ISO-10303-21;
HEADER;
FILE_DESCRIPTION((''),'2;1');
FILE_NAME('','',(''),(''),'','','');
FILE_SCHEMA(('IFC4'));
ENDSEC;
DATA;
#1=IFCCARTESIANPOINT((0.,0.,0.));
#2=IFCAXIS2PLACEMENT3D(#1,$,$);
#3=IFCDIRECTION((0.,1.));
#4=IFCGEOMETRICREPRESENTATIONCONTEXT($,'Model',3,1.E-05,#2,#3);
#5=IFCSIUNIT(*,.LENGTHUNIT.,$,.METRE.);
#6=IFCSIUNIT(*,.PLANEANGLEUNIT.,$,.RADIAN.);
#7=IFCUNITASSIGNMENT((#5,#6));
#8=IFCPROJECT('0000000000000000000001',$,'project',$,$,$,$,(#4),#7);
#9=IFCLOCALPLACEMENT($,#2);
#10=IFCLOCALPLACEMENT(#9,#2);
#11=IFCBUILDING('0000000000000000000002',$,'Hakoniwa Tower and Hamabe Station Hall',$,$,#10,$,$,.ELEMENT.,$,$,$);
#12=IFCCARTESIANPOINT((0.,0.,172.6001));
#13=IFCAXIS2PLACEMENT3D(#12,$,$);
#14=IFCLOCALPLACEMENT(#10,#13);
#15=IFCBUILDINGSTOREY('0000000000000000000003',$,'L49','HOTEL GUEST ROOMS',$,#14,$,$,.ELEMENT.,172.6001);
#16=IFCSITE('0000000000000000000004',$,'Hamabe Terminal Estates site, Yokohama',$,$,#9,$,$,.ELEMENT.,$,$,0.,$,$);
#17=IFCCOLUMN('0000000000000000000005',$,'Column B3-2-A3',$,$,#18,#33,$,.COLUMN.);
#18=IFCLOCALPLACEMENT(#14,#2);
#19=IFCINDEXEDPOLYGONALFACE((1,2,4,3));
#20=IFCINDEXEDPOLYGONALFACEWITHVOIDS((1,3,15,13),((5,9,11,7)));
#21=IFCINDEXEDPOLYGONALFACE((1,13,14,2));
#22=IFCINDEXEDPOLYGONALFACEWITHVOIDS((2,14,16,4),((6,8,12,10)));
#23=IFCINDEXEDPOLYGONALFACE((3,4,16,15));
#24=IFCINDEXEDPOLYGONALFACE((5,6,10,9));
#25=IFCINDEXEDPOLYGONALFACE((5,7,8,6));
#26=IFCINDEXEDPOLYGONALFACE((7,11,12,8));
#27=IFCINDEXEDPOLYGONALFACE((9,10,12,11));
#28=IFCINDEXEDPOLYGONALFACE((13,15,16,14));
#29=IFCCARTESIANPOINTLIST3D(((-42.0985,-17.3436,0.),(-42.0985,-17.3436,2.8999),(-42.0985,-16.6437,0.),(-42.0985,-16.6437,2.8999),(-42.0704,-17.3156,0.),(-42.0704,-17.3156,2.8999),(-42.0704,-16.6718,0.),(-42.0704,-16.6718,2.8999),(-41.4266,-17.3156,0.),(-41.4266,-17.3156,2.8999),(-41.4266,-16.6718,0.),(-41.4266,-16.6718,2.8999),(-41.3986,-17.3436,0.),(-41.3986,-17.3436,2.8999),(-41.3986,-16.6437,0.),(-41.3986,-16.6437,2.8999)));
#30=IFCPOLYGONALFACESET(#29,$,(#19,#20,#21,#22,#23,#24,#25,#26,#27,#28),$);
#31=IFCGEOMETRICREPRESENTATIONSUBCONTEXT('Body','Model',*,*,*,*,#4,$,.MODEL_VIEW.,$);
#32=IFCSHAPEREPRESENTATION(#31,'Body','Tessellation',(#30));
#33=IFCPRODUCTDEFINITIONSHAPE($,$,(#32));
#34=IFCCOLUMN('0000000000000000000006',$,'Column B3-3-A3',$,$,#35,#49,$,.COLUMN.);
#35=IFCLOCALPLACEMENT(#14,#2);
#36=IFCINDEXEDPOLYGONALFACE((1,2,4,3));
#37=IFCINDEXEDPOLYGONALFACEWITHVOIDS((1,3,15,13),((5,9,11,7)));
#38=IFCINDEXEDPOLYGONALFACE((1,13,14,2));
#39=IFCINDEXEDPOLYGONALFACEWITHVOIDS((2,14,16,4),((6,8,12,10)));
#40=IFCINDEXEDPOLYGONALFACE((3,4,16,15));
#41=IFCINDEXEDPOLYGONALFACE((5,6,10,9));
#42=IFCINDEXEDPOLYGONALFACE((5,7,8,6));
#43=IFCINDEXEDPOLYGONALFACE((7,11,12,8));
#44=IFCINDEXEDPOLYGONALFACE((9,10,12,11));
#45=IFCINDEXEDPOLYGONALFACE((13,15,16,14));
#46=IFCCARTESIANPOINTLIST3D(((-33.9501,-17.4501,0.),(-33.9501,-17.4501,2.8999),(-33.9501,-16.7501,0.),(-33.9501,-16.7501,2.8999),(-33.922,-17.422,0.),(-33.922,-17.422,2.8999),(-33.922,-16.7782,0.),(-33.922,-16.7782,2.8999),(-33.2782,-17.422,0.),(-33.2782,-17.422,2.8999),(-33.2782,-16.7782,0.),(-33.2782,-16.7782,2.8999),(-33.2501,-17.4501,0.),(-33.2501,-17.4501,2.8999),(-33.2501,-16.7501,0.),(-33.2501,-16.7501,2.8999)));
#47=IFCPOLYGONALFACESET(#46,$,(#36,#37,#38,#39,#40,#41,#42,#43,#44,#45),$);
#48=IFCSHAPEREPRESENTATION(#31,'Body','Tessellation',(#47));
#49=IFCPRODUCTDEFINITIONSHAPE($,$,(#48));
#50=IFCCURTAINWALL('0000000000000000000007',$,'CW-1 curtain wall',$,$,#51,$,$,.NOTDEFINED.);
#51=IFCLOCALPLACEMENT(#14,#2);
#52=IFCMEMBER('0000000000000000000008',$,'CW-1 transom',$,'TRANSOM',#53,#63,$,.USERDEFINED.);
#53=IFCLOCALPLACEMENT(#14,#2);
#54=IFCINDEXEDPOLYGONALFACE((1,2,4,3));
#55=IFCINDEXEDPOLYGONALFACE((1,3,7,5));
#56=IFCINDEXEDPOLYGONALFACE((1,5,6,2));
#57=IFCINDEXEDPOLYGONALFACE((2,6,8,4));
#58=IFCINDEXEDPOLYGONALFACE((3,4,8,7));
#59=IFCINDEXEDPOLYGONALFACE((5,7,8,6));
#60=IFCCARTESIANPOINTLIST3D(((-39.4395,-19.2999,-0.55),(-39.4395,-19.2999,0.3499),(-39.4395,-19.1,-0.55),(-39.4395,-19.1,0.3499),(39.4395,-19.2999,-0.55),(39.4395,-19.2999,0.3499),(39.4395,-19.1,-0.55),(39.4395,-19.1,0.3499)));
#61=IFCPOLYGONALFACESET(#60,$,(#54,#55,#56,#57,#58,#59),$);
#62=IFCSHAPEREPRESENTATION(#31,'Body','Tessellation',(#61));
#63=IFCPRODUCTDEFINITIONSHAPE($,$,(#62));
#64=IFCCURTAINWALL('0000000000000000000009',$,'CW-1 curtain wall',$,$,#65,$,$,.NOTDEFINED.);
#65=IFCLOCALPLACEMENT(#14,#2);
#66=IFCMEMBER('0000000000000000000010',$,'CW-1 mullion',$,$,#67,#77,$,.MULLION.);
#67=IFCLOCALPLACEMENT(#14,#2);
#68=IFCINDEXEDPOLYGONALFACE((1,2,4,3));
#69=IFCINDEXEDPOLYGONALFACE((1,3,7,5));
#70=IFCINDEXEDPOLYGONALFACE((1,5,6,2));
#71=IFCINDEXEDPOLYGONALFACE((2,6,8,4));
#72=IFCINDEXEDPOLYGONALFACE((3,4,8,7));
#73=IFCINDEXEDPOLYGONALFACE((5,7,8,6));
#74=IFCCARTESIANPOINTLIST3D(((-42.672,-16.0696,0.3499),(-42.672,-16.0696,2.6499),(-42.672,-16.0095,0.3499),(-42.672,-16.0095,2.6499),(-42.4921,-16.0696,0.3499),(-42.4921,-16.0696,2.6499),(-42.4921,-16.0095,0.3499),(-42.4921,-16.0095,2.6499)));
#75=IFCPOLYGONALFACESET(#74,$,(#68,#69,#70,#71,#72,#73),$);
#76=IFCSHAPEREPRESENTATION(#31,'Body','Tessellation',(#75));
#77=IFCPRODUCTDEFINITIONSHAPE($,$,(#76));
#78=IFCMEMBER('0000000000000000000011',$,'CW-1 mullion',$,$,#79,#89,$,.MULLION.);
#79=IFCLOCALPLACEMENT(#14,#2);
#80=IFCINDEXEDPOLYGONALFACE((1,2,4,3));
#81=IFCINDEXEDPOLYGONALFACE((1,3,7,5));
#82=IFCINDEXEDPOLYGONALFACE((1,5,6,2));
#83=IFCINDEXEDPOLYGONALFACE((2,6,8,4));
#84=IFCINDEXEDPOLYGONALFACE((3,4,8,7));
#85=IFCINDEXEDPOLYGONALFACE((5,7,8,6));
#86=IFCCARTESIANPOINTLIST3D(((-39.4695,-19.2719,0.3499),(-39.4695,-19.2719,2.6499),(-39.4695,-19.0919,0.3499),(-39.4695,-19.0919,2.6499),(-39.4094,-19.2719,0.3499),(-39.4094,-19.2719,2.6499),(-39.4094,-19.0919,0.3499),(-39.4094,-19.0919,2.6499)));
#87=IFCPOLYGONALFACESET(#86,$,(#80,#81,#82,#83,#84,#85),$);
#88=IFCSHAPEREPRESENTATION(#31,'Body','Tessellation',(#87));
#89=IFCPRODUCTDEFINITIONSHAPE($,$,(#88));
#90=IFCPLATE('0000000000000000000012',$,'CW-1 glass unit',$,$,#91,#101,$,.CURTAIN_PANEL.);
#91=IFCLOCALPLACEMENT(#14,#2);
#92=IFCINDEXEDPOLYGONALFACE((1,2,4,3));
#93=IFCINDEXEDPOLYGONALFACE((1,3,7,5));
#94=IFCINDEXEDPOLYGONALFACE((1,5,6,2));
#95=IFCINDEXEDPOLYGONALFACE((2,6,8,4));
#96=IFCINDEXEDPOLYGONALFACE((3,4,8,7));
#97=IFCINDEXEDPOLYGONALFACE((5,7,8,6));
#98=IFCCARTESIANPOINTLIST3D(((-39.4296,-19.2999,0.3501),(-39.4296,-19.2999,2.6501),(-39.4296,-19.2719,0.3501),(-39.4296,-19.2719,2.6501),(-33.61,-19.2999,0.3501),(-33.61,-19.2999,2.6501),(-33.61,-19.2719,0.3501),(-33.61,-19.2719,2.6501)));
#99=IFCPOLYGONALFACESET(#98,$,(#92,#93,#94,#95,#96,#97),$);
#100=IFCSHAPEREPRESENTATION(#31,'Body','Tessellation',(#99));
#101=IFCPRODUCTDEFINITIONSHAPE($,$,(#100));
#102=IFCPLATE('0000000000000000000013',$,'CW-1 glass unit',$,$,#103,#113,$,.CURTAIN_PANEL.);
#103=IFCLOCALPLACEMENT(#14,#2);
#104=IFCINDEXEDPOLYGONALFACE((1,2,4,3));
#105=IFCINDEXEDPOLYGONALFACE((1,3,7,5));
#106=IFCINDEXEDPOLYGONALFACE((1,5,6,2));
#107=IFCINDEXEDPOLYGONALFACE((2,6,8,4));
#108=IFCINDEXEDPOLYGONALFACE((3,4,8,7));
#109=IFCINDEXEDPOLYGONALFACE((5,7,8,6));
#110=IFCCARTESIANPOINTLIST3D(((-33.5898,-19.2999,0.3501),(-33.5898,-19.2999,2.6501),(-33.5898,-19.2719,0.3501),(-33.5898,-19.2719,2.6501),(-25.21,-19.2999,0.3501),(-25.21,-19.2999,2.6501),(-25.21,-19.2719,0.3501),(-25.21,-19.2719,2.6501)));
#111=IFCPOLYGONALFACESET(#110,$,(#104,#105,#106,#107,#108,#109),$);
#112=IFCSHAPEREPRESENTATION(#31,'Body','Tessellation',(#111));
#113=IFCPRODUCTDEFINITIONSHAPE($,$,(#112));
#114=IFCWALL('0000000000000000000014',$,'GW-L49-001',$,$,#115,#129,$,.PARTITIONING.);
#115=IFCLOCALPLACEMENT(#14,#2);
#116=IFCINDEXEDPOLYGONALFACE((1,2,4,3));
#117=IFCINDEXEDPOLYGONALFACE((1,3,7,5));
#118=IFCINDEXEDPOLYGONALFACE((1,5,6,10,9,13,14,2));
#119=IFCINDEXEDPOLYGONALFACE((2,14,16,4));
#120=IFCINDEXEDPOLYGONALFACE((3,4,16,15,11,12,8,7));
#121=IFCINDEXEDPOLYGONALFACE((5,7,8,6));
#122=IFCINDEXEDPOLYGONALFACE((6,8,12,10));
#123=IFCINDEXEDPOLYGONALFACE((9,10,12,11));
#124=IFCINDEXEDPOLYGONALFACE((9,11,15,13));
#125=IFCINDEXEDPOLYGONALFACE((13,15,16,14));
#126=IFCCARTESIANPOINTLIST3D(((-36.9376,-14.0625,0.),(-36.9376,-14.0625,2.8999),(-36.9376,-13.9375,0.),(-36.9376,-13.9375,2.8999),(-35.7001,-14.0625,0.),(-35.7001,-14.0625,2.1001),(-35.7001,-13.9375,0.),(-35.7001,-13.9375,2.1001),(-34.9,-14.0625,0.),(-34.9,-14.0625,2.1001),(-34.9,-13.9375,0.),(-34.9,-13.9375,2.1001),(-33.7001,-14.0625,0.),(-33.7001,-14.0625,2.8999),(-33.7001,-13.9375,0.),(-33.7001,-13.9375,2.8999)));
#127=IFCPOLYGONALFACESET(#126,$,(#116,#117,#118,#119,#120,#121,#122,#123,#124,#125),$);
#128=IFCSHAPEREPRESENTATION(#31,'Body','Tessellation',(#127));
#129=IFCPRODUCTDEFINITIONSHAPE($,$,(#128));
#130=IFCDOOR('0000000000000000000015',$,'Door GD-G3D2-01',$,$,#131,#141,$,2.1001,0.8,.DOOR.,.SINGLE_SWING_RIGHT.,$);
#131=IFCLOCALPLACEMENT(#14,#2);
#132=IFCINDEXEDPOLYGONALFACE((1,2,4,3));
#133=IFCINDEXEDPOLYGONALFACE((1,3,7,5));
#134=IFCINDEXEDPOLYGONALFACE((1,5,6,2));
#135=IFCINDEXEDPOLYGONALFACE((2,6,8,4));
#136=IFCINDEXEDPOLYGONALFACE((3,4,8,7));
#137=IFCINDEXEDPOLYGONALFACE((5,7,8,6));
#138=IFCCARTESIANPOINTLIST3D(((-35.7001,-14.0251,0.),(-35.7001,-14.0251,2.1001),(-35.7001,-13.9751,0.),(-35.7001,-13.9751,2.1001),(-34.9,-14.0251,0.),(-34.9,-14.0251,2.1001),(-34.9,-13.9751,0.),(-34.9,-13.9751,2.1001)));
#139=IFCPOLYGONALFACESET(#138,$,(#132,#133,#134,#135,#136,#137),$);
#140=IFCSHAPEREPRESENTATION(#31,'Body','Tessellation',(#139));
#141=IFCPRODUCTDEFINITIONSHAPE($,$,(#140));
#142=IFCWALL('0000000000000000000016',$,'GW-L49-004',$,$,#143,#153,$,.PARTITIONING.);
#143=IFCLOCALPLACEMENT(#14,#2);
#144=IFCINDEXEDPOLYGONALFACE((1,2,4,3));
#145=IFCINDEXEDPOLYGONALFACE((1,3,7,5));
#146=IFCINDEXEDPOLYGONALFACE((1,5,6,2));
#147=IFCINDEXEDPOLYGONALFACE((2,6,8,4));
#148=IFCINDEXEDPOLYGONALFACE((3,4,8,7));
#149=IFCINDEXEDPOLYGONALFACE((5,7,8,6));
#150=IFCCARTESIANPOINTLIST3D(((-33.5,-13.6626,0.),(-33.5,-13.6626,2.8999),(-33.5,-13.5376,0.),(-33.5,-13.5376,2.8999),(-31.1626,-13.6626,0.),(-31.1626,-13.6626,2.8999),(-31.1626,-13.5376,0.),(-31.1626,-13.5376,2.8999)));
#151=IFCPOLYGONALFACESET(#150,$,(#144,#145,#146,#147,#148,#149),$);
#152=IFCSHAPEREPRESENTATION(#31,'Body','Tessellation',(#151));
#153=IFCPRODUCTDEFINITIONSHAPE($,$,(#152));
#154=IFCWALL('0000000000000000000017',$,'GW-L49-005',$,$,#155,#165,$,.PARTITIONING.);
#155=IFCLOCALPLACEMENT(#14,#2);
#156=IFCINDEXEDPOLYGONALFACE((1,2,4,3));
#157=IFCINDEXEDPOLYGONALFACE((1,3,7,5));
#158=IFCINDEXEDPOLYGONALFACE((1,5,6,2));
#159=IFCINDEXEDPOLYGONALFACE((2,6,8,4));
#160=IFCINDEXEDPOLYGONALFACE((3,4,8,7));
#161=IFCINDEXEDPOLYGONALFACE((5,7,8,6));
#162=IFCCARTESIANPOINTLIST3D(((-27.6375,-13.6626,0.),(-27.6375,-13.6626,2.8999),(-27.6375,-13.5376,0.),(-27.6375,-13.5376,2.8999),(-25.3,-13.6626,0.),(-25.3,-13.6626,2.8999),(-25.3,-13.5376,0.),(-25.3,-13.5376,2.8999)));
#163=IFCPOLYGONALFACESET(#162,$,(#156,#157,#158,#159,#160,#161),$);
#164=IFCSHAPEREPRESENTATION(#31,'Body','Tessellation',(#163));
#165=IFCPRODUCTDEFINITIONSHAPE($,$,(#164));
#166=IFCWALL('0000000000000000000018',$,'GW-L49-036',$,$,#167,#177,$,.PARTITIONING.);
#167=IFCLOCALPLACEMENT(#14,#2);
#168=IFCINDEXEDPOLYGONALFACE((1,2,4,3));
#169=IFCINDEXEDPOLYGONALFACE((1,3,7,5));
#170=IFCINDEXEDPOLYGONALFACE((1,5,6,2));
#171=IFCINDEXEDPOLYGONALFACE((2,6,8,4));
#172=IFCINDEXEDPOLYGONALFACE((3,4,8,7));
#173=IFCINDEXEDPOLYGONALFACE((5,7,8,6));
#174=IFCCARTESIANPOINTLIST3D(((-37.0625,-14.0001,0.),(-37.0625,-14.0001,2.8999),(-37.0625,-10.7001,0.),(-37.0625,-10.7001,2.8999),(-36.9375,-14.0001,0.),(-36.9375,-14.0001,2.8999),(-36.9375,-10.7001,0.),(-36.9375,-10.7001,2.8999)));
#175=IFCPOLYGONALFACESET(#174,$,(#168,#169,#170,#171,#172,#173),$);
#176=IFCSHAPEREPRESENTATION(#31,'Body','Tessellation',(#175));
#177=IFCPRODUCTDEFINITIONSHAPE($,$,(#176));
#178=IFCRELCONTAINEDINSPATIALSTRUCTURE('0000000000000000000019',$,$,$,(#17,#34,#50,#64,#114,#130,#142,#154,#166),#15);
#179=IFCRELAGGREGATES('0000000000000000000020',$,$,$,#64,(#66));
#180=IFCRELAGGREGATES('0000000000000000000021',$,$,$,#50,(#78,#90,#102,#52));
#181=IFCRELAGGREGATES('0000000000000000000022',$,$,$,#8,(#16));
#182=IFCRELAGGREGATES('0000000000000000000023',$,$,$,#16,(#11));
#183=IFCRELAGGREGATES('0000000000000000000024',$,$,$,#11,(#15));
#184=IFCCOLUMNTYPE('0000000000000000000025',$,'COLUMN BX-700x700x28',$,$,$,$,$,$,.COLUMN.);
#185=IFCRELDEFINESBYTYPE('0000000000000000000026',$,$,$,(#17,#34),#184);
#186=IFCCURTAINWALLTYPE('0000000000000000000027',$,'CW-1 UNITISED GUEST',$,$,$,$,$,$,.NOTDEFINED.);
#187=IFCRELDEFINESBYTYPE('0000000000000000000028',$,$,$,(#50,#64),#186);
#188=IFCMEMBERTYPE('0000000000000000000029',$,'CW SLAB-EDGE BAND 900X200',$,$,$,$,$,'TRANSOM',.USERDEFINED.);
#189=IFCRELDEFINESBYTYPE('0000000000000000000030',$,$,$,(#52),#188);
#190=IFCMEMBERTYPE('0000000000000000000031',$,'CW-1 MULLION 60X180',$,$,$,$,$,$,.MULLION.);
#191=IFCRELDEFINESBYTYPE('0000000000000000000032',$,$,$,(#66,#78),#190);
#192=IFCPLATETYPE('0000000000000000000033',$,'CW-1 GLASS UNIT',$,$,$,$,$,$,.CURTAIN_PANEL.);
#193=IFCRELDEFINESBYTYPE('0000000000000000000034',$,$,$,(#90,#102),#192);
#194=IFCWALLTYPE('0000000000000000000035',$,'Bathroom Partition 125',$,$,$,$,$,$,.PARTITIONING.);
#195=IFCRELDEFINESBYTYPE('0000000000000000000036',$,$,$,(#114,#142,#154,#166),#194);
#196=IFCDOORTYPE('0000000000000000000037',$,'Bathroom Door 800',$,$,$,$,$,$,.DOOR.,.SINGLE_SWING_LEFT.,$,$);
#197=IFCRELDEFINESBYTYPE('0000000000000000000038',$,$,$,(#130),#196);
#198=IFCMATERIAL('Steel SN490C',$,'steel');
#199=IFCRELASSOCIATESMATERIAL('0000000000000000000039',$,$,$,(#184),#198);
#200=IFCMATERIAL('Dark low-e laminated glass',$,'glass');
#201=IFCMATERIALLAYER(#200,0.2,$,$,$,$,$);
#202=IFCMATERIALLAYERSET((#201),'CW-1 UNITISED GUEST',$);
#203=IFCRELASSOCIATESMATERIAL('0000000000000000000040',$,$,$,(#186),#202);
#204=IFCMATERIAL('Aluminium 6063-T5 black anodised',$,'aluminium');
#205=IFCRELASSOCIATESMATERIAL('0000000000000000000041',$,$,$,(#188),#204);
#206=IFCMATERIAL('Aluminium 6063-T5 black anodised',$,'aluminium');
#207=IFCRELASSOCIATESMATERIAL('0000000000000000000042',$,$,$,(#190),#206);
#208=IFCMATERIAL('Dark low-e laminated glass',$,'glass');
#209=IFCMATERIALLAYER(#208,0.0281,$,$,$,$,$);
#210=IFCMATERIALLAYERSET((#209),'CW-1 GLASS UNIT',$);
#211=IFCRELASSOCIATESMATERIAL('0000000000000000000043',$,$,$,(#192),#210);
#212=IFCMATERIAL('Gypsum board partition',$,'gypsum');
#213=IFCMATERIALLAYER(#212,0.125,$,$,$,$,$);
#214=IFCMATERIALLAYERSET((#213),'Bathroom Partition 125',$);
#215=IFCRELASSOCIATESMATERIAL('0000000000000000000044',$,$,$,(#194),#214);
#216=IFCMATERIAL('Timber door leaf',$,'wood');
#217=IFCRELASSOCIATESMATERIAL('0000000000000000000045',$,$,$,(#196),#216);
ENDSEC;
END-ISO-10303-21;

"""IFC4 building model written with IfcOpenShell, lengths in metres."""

from ifc_helpers import new_model, si_unit, direction, frame, frame_2d, origin, origin_2d, place, context, subcontext, project, spatial, rectangle, hollow_rectangle, extrude, material, layer, layer_set, material_profile, profile_set, type_object, element, fill, aggregate, save


model = new_model("IFC4")

# Units and contexts
model_context = context("Model", 3, precision=1e-05, world=origin(), true_north=direction((0.0, 1.0)))
body_context = subcontext(model_context, "Body", "Model", "MODEL_VIEW")
ifc_project = project(units=[si_unit("LENGTHUNIT", "METRE"), si_unit("PLANEANGLEUNIT", "RADIAN")], contexts=[model_context])

# Site, building, storey
site_placement = place(None, origin())
site = spatial("IfcSite", under=ifc_project, at=site_placement, Name="Hamabe Terminal Estates site, Yokohama", CompositionType="ELEMENT", RefElevation=0.0)
building_placement = place(site_placement, origin())
building = spatial("IfcBuilding", under=site, at=building_placement, Name="Hakoniwa Tower and Hamabe Station Hall", CompositionType="ELEMENT")
storey_placement = place(building_placement, frame((0.0, 0.0, 172.6001)))
storey = spatial("IfcBuildingStorey", under=building, at=storey_placement, Name="L49", Description="HOTEL GUEST ROOMS", CompositionType="ELEMENT", Elevation=172.6001)

# Columns
ifc_material_1 = material(Name="Steel SN490C", Category="steel")
ifc_material_profile_1 = material_profile(ifc_material_1, hollow_rectangle(XDim=0.7, YDim=0.7, WallThickness=0.0281, at=origin_2d()), Name="BX-700x700x28")
ifc_profile_set_1 = profile_set([ifc_material_profile_1], Name="Steel SN490C")
column_type = type_object("IfcColumnType", Name="COLUMN BX-700x700x28", PredefinedType="COLUMN", material=ifc_profile_set_1)
for number, where, z_axis, x_axis, name in (
    (1, (-41.7485, -16.9937, 0.0), (0.0, 0.0, 1.0), (1.0, 0.0, 0.0), "Column B3-2-A3"),
    (2, (-33.6001, -17.1001, 0.0), (0.0, 0.0, 1.0), (1.0, 0.0, 0.0), "Column B3-3-A3"),
):
    element("IfcColumn", number, at=place(storey_placement, frame(where, z_axis=z_axis, x_axis=x_axis)), inside=storey, type_object=column_type, Name=name, PredefinedType="COLUMN", context=body_context, shape_type="SweptSolid", body=[
        extrude(hollow_rectangle(XDim=0.7, YDim=0.7, WallThickness=0.0281, at=origin_2d()), origin(), (0.0, 0.0, 1.0), 2.8999),
    ])

# Curtain walls, members
ifc_material_2 = material(Name="Dark low-e laminated glass", Category="glass")
ifc_layer_1 = layer(ifc_material_2, 0.2)
ifc_layer_set_1 = layer_set([ifc_layer_1], Name="CW-1 UNITISED GUEST")
curtain_wall_type = type_object("IfcCurtainWallType", Name="CW-1 UNITISED GUEST", PredefinedType="NOTDEFINED", material=ifc_layer_set_1)
curtain_wall_1_placement = place(storey_placement, origin())
curtain_wall_1 = element("IfcCurtainWall", 3, at=curtain_wall_1_placement, inside=storey, type_object=curtain_wall_type, Name="CW-1 curtain wall", PredefinedType="NOTDEFINED")
ifc_material_3 = material(Name="Aluminium 6063-T5 black anodised", Category="aluminium")
ifc_material_profile_2 = material_profile(ifc_material_3, rectangle(XDim=0.2, YDim=0.8999, at=origin_2d()), Name="CW SLAB-EDGE BAND 900X200")
ifc_profile_set_2 = profile_set([ifc_material_profile_2], Name="Aluminium 6063-T5 black anodised")
member_type_1 = type_object("IfcMemberType", Name="CW SLAB-EDGE BAND 900X200", ElementType="TRANSOM", PredefinedType="USERDEFINED", material=ifc_profile_set_2)
member_1_placement = place(storey_placement, frame((-39.4395, -19.2, -0.1001), z_axis=(1.0, 0.0, 0.0), x_axis=(0.0, 1.0, 0.0)))
member_1 = element("IfcMember", 4, at=member_1_placement, type_object=member_type_1, Name="CW-1 transom", ObjectType="TRANSOM", PredefinedType="USERDEFINED", context=body_context, shape_type="SweptSolid", body=[
    extrude(rectangle(XDim=0.2, YDim=0.8999, at=origin_2d()), origin(), (0.0, 0.0, 1.0), 78.8789),
])
curtain_wall_2_placement = place(storey_placement, origin())
curtain_wall_2 = element("IfcCurtainWall", 5, at=curtain_wall_2_placement, inside=storey, type_object=curtain_wall_type, Name="CW-1 curtain wall", PredefinedType="NOTDEFINED")
ifc_material_4 = material(Name="Aluminium 6063-T5 black anodised", Category="aluminium")
ifc_material_profile_3 = material_profile(ifc_material_4, rectangle(XDim=0.0601, YDim=0.1799, at=origin_2d()), Name="CW-1 MULLION 60X180")
ifc_profile_set_3 = profile_set([ifc_material_profile_3], Name="Aluminium 6063-T5 black anodised")
member_type_2 = type_object("IfcMemberType", Name="CW-1 MULLION 60X180", PredefinedType="MULLION", material=ifc_profile_set_3)
member_2_placement = place(storey_placement, frame((-42.582, -16.0396, 0.3499), z_axis=(0.0, 0.0, 1.0), x_axis=(0.0, -1.0, 0.0)))
member_2 = element("IfcMember", 6, at=member_2_placement, type_object=member_type_2, Name="CW-1 mullion", PredefinedType="MULLION", context=body_context, shape_type="SweptSolid", body=[
    extrude(rectangle(XDim=0.0601, YDim=0.1799, at=origin_2d()), origin(), (0.0, 0.0, 1.0), 2.3),
])
aggregate(curtain_wall_2, [member_2])

# Member
member_3_placement = place(storey_placement, frame((-39.4395, -19.1819, 0.3499), z_axis=(0.0, 0.0, 1.0), x_axis=(1.0, 0.0, 0.0)))
member_3 = element("IfcMember", 7, at=member_3_placement, type_object=member_type_2, Name="CW-1 mullion", PredefinedType="MULLION", context=body_context, shape_type="SweptSolid", body=[
    extrude(rectangle(XDim=0.0601, YDim=0.1799, at=origin_2d()), origin(), (0.0, 0.0, 1.0), 2.3),
])

# Plates
ifc_material_5 = material(Name="Dark low-e laminated glass", Category="glass")
ifc_layer_2 = layer(ifc_material_5, 0.0281)
ifc_layer_set_2 = layer_set([ifc_layer_2], Name="CW-1 GLASS UNIT")
plate_type = type_object("IfcPlateType", Name="CW-1 GLASS UNIT", PredefinedType="CURTAIN_PANEL", material=ifc_layer_set_2)
plate_1_placement = place(storey_placement, frame((-36.5198, -19.2859, 0.3501), z_axis=(0.0, 0.0, 1.0), x_axis=(1.0, 0.0, 0.0)))
plate_1 = element("IfcPlate", 8, at=plate_1_placement, type_object=plate_type, Name="CW-1 glass unit", PredefinedType="CURTAIN_PANEL", context=body_context, shape_type="SweptSolid", body=[
    extrude(rectangle(XDim=5.8196, YDim=0.0281, at=origin_2d()), origin(), (0.0, 0.0, 1.0), 2.3),
])
plate_2_placement = place(storey_placement, frame((-29.3999, -19.2859, 0.3501), z_axis=(0.0, 0.0, 1.0), x_axis=(1.0, 0.0, 0.0)))
plate_2 = element("IfcPlate", 9, at=plate_2_placement, type_object=plate_type, Name="CW-1 glass unit", PredefinedType="CURTAIN_PANEL", context=body_context, shape_type="SweptSolid", body=[
    extrude(rectangle(XDim=8.3799, YDim=0.0281, at=origin_2d()), origin(), (0.0, 0.0, 1.0), 2.3),
])
aggregate(curtain_wall_1, [member_3, plate_1, plate_2, member_1])

# Wall, opening, door
ifc_material_6 = material(Name="Gypsum board partition", Category="gypsum")
ifc_layer_3 = layer(ifc_material_6, 0.125)
ifc_layer_set_3 = layer_set([ifc_layer_3], Name="Bathroom Partition 125")
wall_type_1 = type_object("IfcWallType", Name="Bathroom Partition 125", PredefinedType="PARTITIONING", material=ifc_layer_set_3)
wall_1_placement = place(storey_placement, frame((-36.9375, -14.0, 0.0), z_axis=(0.0, 0.0, 1.0), x_axis=(1.0, 0.0, 0.0)))
wall_1 = element("IfcWall", 10, at=wall_1_placement, inside=storey, type_object=wall_type_1, Name="GW-L49-001", PredefinedType="PARTITIONING", context=body_context, shape_type="SweptSolid", body=[
    extrude(rectangle(XDim=3.2375, YDim=0.125, at=frame_2d((1.6187, 0.0))), origin(), (0.0, 0.0, 1.0), 2.8999),
])
opening_1_placement = place(wall_1_placement, frame((1.2375, 0.0, 0.0)))
opening_1 = element("IfcOpeningElement", 11, at=opening_1_placement, cuts=wall_1, PredefinedType="OPENING", context=body_context, shape_type="SweptSolid", body=[
    extrude(rectangle(XDim=0.8, YDim=2.1001, at=frame_2d((0.3999, 1.05))), frame((0.0, 0.0725, 0.0), z_axis=(0.0, -1.0, 0.0), x_axis=(1.0, 0.0, 0.0)), (0.0, 0.0, 1.0), 0.145),
])
ifc_material_7 = material(Name="Timber door leaf", Category="wood")
door_type = type_object("IfcDoorType", Name="Bathroom Door 800", OperationType="SINGLE_SWING_LEFT", PredefinedType="DOOR", material=ifc_material_7)
door_1_placement = place(opening_1_placement, origin())
door_1 = element("IfcDoor", 12, at=door_1_placement, inside=storey, type_object=door_type, Name="Door GD-G3D2-01", OperationType="SINGLE_SWING_RIGHT", OverallHeight=2.1001, OverallWidth=0.8, PredefinedType="DOOR", context=body_context, shape_type="SweptSolid", body=[
    extrude(rectangle(XDim=0.8, YDim=2.1001, at=frame_2d((0.3999, 1.05))), frame((0.0, 0.0249, 0.0), z_axis=(0.0, -1.0, 0.0), x_axis=(1.0, 0.0, 0.0)), (0.0, 0.0, 1.0), 0.05),
])
fill(opening_1, door_1)

# Walls
for number, where, z_axis, x_axis, name in (
    (13, (-33.5, -13.6001, 0.0), (0.0, 0.0, 1.0), (1.0, 0.0, 0.0), "GW-L49-004"),
    (14, (-27.6375, -13.6001, 0.0), (0.0, 0.0, 1.0), (1.0, 0.0, 0.0), "GW-L49-005"),
):
    element("IfcWall", number, at=place(storey_placement, frame(where, z_axis=z_axis, x_axis=x_axis)), inside=storey, type_object=wall_type_1, Name=name, PredefinedType="PARTITIONING", context=body_context, shape_type="SweptSolid", body=[
        extrude(rectangle(XDim=2.3374, YDim=0.125, at=frame_2d((1.1687, 0.0))), origin(), (0.0, 0.0, 1.0), 2.8999),
    ])
wall_2_placement = place(storey_placement, frame((-37.0, -14.0, 0.0), z_axis=(0.0, 0.0, 1.0), x_axis=(0.0, 1.0, 0.0)))
element("IfcWall", 15, at=wall_2_placement, inside=storey, type_object=wall_type_1, Name="GW-L49-036", PredefinedType="PARTITIONING", context=body_context, shape_type="SweptSolid", body=[
    extrude(rectangle(XDim=3.3, YDim=0.125, at=frame_2d((1.6499, 0.0))), origin(), (0.0, 0.0, 1.0), 2.8999),
])

save(model, "model.ifc")
